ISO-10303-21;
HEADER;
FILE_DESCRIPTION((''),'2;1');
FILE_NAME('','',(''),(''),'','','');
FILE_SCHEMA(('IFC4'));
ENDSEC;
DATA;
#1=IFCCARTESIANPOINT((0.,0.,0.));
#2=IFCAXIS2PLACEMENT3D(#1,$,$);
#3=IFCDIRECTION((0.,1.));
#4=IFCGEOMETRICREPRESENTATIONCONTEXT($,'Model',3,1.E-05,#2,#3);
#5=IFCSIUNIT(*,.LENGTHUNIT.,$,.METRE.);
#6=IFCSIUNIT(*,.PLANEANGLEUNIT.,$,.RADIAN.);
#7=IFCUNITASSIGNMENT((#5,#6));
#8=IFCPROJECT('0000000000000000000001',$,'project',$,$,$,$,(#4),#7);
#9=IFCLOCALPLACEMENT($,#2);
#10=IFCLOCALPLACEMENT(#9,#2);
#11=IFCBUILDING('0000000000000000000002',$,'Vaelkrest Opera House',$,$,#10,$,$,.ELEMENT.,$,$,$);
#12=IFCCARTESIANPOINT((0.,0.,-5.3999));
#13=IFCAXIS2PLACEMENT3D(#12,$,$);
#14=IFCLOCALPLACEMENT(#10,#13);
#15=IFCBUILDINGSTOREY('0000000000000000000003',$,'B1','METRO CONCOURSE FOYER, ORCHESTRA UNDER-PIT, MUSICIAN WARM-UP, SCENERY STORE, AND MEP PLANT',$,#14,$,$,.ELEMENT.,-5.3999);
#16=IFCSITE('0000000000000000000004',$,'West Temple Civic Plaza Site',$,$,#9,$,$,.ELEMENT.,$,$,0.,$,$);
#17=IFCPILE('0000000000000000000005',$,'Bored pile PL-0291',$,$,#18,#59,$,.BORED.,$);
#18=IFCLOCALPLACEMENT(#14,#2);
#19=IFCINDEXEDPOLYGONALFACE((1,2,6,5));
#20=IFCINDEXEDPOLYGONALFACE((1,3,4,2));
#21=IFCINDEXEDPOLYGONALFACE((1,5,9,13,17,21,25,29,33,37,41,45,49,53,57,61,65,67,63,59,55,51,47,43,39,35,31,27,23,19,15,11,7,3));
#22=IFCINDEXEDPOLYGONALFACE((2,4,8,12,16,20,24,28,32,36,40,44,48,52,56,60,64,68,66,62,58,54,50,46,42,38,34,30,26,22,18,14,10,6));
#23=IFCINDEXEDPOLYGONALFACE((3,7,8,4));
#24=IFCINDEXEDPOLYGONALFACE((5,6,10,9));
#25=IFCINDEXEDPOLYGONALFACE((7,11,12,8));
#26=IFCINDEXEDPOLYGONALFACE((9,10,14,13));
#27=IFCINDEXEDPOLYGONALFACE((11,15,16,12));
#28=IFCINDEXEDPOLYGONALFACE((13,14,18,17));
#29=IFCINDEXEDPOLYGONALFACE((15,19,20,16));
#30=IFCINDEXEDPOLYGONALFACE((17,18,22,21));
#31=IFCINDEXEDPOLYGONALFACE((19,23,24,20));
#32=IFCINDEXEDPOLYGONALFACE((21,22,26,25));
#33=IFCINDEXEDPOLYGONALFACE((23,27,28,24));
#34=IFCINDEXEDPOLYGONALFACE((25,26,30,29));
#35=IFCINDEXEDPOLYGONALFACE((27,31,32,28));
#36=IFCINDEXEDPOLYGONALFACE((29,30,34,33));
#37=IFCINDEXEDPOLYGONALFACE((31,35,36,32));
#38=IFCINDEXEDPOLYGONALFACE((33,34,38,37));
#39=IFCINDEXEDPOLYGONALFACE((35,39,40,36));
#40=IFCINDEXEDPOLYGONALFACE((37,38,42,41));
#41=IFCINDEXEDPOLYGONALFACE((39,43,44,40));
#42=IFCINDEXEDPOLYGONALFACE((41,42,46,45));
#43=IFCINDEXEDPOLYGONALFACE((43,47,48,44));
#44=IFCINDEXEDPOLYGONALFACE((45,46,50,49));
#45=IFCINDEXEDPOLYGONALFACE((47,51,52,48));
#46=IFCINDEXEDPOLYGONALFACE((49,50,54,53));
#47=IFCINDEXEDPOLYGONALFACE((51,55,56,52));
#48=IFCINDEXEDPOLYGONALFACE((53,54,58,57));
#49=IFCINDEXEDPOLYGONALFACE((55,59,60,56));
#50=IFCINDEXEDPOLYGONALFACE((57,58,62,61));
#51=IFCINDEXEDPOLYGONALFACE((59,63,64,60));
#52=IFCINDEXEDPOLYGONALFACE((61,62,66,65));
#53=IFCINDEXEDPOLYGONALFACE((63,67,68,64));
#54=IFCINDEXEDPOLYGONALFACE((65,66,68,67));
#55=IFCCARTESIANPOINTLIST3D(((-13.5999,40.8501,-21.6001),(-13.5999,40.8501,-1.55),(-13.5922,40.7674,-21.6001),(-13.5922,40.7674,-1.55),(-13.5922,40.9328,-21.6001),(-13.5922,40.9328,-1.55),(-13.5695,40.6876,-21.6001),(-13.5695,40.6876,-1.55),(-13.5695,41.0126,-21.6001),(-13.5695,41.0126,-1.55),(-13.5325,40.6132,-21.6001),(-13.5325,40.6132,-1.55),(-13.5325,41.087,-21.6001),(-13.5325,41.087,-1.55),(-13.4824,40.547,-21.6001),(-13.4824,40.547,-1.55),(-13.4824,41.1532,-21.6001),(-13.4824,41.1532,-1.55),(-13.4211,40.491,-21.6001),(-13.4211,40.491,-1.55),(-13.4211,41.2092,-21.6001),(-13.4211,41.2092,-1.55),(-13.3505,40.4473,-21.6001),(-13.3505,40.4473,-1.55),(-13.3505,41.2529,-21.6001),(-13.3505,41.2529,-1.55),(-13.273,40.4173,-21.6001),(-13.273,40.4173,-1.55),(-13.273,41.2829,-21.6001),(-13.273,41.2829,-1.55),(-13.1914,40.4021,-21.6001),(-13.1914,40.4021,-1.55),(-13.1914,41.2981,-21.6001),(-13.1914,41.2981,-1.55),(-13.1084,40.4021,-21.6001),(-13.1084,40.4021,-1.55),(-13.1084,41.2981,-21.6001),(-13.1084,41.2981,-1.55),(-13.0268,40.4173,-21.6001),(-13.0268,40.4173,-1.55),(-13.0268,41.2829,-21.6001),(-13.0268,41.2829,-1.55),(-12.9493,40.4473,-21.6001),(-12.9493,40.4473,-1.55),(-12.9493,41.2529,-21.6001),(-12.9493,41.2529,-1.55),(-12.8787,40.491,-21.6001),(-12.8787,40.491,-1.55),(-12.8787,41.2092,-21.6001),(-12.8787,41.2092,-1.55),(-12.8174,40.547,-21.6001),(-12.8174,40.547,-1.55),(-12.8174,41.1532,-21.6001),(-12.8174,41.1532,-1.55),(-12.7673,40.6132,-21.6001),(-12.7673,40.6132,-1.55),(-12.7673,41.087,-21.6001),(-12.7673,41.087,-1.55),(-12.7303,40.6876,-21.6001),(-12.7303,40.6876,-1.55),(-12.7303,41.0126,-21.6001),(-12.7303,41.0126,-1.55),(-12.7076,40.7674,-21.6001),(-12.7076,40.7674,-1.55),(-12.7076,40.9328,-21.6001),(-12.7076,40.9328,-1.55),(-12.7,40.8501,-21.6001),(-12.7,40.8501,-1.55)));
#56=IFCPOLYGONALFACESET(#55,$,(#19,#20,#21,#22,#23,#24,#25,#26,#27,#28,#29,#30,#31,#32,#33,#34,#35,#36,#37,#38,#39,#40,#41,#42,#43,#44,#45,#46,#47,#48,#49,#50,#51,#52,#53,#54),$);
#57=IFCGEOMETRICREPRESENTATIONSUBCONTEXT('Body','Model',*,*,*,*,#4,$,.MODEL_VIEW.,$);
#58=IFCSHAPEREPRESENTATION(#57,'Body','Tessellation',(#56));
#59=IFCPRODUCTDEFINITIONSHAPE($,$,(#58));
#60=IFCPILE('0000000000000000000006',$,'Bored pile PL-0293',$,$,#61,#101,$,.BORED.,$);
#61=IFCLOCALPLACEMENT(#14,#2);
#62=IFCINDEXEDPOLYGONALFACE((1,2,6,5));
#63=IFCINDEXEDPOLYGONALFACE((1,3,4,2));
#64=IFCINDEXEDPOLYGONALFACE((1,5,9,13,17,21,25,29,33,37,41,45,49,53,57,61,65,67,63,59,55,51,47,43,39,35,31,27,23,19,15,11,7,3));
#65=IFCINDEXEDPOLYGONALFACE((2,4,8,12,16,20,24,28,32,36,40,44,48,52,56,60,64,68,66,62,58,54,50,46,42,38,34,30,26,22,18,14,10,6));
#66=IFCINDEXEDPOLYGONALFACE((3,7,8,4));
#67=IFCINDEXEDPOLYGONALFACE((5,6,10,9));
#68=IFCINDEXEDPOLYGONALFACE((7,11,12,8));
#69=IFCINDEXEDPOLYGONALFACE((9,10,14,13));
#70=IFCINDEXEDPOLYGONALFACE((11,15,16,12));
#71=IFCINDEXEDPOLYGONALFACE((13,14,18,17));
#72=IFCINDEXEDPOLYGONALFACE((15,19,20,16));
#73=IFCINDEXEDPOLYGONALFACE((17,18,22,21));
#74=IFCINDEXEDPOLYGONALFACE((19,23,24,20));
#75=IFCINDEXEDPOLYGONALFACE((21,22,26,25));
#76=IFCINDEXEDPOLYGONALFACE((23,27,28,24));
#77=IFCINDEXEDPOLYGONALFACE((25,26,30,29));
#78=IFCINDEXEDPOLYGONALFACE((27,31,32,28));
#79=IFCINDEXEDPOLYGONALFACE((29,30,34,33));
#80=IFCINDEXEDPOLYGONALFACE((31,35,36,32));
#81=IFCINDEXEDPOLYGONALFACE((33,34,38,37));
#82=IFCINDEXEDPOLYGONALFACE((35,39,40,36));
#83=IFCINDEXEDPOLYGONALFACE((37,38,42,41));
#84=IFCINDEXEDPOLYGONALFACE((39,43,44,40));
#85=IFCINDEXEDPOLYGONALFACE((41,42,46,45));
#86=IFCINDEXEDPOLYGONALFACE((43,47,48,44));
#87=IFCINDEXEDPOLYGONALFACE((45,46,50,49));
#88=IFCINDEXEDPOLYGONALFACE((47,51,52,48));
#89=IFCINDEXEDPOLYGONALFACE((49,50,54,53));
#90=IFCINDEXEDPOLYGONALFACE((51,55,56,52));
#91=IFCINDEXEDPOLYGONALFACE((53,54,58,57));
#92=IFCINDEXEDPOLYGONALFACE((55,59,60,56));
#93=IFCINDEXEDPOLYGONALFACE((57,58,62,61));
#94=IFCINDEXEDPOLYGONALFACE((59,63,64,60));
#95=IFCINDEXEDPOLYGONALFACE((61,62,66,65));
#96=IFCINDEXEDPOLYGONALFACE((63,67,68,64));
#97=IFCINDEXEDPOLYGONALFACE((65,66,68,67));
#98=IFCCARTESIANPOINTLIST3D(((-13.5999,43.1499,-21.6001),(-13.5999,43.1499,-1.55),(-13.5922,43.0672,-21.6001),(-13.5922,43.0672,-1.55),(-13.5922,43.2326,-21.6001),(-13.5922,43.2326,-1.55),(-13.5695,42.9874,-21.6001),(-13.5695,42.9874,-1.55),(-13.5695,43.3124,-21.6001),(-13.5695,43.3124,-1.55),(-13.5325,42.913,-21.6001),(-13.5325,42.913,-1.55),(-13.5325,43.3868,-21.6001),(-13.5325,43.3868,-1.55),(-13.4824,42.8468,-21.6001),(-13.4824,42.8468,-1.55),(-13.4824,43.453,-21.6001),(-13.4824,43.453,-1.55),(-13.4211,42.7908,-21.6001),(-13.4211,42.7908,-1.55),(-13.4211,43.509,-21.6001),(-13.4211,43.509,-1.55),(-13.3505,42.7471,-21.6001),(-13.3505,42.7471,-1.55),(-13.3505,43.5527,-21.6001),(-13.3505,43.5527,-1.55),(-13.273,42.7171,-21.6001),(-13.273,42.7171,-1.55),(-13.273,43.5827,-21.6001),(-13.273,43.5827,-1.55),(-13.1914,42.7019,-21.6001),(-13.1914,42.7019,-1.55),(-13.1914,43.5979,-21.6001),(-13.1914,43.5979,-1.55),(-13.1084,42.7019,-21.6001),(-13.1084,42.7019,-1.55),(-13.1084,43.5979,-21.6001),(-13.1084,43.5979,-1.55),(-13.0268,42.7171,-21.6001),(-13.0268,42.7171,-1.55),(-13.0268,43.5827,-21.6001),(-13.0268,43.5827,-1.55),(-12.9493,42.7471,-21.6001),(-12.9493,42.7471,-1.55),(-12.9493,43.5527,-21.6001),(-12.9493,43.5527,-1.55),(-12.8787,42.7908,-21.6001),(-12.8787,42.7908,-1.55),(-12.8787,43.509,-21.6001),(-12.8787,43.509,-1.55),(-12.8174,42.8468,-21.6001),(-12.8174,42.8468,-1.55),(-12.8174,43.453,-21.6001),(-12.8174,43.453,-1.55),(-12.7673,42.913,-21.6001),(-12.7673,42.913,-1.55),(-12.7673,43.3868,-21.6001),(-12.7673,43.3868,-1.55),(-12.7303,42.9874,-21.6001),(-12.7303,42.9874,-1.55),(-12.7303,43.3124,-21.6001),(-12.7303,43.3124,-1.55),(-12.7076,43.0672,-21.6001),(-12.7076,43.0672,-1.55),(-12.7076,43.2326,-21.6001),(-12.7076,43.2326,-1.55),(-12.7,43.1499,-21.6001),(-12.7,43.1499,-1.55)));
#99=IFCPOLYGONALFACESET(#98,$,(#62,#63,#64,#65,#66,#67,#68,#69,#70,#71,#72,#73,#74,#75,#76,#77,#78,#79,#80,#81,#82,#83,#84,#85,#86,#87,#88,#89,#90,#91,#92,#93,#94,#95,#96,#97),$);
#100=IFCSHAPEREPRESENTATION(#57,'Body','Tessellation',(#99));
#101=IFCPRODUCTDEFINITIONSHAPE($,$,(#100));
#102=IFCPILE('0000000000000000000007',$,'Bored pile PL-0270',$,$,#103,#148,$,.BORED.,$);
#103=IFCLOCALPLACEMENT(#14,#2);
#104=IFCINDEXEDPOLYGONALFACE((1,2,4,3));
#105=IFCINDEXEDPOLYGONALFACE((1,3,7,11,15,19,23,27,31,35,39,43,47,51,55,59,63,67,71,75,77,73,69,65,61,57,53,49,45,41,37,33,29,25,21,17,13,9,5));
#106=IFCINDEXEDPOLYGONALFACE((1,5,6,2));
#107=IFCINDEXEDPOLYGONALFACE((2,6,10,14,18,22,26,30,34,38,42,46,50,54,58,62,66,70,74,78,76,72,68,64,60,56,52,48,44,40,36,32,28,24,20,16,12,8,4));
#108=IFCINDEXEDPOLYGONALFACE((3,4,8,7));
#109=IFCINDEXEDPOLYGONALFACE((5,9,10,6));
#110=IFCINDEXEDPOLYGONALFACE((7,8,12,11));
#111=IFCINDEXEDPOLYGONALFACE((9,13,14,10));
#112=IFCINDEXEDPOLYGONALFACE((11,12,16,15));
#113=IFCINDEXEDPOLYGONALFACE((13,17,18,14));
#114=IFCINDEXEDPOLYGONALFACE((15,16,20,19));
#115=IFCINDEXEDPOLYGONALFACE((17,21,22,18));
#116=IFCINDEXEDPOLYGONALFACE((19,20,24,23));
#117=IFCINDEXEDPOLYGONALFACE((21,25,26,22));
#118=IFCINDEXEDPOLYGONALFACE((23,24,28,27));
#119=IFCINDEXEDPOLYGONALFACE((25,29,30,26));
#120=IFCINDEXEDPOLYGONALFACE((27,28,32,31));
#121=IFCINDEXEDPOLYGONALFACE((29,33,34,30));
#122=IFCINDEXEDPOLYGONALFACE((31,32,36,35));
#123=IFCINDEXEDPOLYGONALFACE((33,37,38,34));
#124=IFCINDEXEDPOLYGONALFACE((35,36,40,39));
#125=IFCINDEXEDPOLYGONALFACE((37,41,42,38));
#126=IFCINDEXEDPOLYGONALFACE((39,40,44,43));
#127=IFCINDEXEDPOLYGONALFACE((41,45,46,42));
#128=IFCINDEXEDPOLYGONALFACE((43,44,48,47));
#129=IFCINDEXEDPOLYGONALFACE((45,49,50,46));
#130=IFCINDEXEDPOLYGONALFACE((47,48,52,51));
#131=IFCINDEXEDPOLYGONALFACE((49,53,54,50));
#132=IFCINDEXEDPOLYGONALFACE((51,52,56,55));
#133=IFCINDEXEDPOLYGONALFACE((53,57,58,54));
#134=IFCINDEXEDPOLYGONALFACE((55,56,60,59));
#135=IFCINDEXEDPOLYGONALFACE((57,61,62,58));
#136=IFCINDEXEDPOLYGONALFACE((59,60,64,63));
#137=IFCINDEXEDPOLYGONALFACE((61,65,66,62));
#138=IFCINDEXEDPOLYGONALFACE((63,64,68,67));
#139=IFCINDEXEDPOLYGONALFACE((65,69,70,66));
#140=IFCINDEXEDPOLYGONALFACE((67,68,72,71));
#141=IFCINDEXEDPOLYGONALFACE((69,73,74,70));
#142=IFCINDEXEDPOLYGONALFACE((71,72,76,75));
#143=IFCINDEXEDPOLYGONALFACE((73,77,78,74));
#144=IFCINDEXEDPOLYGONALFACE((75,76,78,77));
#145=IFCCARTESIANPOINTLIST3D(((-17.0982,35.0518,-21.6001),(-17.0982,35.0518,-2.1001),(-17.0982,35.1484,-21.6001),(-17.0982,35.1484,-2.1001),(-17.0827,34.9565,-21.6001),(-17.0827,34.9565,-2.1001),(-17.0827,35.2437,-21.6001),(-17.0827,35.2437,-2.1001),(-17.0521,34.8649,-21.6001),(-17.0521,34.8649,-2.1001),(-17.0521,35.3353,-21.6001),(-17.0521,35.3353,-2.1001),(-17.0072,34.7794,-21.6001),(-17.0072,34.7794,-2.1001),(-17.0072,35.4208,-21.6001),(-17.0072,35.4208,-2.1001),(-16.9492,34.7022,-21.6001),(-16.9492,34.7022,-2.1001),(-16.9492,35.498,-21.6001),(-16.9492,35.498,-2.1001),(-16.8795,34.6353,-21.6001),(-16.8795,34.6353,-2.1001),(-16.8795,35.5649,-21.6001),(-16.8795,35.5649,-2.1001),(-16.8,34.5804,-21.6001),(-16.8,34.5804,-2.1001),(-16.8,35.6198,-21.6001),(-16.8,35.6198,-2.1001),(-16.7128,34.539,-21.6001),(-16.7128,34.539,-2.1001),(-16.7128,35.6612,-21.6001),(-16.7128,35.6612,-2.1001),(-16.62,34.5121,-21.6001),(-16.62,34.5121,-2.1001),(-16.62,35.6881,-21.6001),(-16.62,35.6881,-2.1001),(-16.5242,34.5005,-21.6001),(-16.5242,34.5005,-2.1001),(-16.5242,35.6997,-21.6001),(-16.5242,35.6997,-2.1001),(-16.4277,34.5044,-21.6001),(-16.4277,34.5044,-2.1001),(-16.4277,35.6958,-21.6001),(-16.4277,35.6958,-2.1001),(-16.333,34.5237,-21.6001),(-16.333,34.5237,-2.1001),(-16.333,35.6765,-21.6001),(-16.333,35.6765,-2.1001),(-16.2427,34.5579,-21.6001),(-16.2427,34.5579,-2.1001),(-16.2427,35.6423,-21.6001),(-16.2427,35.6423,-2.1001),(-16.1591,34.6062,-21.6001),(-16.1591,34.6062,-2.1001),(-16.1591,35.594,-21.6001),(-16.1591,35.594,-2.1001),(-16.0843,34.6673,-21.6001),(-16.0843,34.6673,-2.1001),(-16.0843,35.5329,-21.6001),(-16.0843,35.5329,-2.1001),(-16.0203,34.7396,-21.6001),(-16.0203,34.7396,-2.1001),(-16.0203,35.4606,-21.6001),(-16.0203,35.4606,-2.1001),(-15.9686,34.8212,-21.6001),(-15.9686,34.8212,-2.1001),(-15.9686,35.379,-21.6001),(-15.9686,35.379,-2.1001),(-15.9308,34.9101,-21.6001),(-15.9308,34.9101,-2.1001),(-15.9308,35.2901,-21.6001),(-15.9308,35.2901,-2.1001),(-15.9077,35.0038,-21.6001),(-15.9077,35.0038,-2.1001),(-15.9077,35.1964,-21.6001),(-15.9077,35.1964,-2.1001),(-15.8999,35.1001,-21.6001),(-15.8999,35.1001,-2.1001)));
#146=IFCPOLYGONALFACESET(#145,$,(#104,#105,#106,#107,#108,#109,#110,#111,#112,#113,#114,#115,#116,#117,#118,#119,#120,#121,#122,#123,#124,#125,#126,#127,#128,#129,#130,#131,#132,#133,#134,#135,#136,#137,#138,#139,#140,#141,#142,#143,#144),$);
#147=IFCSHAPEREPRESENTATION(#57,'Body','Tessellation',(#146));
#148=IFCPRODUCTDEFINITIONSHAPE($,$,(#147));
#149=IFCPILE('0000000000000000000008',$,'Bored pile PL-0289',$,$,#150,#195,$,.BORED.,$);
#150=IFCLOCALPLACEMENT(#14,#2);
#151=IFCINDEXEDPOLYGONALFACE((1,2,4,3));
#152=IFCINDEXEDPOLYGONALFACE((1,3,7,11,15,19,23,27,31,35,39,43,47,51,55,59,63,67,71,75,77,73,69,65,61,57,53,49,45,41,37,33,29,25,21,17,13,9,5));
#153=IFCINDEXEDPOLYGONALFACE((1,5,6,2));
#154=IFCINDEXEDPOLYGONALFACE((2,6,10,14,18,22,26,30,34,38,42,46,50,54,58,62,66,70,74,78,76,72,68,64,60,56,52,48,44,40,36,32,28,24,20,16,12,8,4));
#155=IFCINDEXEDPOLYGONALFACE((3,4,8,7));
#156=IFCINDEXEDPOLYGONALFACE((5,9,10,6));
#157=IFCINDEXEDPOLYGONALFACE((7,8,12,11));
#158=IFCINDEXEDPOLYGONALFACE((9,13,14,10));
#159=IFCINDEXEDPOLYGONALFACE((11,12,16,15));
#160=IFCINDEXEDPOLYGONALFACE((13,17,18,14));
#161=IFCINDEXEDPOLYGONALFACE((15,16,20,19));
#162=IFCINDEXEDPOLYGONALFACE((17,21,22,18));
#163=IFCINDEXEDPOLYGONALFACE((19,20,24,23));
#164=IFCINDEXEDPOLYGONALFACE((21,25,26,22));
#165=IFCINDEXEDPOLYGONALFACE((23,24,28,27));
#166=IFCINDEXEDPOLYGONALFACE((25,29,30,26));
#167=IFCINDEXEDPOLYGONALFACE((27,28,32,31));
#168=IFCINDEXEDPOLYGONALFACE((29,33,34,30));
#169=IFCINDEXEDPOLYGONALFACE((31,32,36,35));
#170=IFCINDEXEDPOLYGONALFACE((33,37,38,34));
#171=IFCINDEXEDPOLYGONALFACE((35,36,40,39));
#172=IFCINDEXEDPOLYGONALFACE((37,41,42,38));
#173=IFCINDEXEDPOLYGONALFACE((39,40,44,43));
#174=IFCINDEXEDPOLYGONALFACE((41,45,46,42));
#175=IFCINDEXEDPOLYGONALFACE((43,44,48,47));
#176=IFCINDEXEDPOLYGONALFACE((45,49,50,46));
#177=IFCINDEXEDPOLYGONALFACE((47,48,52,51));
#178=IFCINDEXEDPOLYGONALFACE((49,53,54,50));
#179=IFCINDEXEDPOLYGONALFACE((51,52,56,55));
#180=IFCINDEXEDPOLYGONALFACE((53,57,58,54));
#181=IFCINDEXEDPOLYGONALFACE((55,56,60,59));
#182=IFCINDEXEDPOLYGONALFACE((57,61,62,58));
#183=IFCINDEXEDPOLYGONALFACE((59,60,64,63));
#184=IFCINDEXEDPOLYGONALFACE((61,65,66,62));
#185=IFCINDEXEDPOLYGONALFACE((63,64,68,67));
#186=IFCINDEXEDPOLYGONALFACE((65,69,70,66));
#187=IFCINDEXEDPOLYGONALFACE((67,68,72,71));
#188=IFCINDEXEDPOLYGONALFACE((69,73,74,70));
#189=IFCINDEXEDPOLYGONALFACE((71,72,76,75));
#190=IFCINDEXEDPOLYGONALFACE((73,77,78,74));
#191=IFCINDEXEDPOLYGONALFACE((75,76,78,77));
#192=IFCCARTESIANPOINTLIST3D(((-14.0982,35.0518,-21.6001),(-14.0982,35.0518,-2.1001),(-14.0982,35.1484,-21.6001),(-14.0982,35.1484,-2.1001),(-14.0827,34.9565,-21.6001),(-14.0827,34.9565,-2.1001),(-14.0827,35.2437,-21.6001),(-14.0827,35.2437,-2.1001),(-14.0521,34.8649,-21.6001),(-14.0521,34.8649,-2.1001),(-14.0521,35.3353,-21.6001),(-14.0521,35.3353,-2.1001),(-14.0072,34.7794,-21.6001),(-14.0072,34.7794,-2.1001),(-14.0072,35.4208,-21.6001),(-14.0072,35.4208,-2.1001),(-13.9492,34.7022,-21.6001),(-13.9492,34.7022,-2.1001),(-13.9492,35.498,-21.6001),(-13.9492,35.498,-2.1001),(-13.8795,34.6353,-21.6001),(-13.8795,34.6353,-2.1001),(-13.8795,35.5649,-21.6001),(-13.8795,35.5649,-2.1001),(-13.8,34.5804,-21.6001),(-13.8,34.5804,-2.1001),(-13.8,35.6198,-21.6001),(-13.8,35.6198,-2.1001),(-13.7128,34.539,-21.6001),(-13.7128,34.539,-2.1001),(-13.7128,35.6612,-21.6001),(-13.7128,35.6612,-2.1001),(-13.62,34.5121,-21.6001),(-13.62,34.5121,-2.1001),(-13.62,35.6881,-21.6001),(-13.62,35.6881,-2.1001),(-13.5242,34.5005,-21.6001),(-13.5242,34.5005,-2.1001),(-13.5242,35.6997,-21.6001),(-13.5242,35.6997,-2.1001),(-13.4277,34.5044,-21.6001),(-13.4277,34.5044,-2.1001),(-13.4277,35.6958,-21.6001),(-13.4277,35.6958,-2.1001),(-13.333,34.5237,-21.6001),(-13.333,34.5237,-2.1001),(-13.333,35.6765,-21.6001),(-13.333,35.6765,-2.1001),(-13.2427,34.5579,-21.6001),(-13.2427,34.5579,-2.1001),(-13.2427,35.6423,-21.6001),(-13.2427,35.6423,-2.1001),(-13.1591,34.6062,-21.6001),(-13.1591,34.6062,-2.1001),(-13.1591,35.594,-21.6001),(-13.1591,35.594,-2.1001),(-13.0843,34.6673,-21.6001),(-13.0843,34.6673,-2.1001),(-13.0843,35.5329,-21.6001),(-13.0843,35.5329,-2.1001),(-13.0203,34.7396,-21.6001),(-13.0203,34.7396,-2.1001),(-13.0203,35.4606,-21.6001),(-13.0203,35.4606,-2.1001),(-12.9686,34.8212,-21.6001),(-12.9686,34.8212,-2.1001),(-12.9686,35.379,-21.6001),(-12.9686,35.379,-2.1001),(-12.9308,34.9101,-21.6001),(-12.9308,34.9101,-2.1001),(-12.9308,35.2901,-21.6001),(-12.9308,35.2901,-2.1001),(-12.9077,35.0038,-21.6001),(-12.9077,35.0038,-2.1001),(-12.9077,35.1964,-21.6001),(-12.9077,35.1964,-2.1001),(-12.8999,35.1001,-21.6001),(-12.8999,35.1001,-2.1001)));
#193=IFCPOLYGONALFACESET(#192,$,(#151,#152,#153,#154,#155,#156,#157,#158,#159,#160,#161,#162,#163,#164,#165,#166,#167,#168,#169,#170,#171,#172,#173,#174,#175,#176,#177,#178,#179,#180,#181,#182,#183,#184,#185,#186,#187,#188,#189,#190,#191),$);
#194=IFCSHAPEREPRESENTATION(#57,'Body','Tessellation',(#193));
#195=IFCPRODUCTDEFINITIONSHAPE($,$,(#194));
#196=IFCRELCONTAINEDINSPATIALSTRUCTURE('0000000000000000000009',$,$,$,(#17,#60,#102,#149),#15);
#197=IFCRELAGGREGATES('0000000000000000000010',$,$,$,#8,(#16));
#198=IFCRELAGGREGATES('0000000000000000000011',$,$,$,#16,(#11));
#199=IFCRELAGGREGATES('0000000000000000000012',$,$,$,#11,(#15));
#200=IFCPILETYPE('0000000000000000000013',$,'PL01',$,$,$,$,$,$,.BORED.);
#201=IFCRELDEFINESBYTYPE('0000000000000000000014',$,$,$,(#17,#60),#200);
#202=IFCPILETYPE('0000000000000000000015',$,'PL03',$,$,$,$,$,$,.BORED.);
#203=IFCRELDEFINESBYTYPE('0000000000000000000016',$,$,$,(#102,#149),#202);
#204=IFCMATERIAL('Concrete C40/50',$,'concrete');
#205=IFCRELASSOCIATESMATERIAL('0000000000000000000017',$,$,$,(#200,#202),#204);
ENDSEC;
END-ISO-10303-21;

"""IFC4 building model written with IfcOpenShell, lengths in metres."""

from ifc_helpers import new_model, si_unit, direction, frame, origin, origin_2d, place, context, subcontext, project, spatial, circle, extrude, material, material_profile, profile_set, type_object, element, save


model = new_model("IFC4")

# Units and contexts
model_context = context("Model", 3, precision=1e-05, world=origin(), true_north=direction((0.0, 1.0)))
body_context = subcontext(model_context, "Body", "Model", "MODEL_VIEW")
ifc_project = project(units=[si_unit("LENGTHUNIT", "METRE"), si_unit("PLANEANGLEUNIT", "RADIAN")], contexts=[model_context])

# Site, building, storey
site_placement = place(None, origin())
site = spatial("IfcSite", under=ifc_project, at=site_placement, Name="West Temple Civic Plaza Site", CompositionType="ELEMENT", RefElevation=0.0)
building_placement = place(site_placement, origin())
building = spatial("IfcBuilding", under=site, at=building_placement, Name="Vaelkrest Opera House", CompositionType="ELEMENT")
storey_placement = place(building_placement, frame((0.0, 0.0, -5.3999)))
storey = spatial("IfcBuildingStorey", under=building, at=storey_placement, Name="B1", Description="METRO CONCOURSE FOYER, ORCHESTRA UNDER-PIT, MUSICIAN WARM-UP, SCENERY STORE, AND MEP PLANT", CompositionType="ELEMENT", Elevation=-5.3999)

# Shared definitions
ifc_material_1 = material(Name="Concrete C40/50", Category="concrete")

# Piles
ifc_material_profile_1 = material_profile(ifc_material_1, circle(Radius=0.45, at=origin_2d()), Name="PILE900")
ifc_profile_set_1 = profile_set([ifc_material_profile_1], Name="Concrete C40/50")
pile_type_1 = type_object("IfcPileType", Name="PL01", PredefinedType="BORED", material=ifc_profile_set_1)
for number, where, z_axis, x_axis, name in (
    (1, (-13.1499, 40.8501, -1.55), (0.0, 0.0, -1.0), (1.0, 0.0, 0.0), "Bored pile PL-0291"),
    (2, (-13.1499, 43.1499, -1.55), (0.0, 0.0, -1.0), (1.0, 0.0, 0.0), "Bored pile PL-0293"),
):
    element("IfcPile", number, at=place(storey_placement, frame(where, z_axis=z_axis, x_axis=x_axis)), inside=storey, type_object=pile_type_1, Name=name, PredefinedType="BORED", context=body_context, shape_type="SweptSolid", body=[
        extrude(circle(Radius=0.45, at=origin_2d()), origin(), (0.0, 0.0, 1.0), 20.05),
    ])
ifc_material_profile_2 = material_profile(ifc_material_1, circle(Radius=0.6001, at=origin_2d()), Name="PILE1200")
ifc_profile_set_2 = profile_set([ifc_material_profile_2], Name="Concrete C40/50")
pile_type_2 = type_object("IfcPileType", Name="PL03", PredefinedType="BORED", material=ifc_profile_set_2)
for number, where, z_axis, x_axis, name in (
    (3, (-16.5, 35.1001, -2.1001), (0.0, 0.0, -1.0), (1.0, 0.0, 0.0), "Bored pile PL-0270"),
    (4, (-13.5, 35.1001, -2.1001), (0.0, 0.0, -1.0), (1.0, 0.0, 0.0), "Bored pile PL-0289"),
):
    element("IfcPile", number, at=place(storey_placement, frame(where, z_axis=z_axis, x_axis=x_axis)), inside=storey, type_object=pile_type_2, Name=name, PredefinedType="BORED", context=body_context, shape_type="SweptSolid", body=[
        extrude(circle(Radius=0.6001, at=origin_2d()), origin(), (0.0, 0.0, 1.0), 19.5),
    ])

save(model, "model.ifc")
